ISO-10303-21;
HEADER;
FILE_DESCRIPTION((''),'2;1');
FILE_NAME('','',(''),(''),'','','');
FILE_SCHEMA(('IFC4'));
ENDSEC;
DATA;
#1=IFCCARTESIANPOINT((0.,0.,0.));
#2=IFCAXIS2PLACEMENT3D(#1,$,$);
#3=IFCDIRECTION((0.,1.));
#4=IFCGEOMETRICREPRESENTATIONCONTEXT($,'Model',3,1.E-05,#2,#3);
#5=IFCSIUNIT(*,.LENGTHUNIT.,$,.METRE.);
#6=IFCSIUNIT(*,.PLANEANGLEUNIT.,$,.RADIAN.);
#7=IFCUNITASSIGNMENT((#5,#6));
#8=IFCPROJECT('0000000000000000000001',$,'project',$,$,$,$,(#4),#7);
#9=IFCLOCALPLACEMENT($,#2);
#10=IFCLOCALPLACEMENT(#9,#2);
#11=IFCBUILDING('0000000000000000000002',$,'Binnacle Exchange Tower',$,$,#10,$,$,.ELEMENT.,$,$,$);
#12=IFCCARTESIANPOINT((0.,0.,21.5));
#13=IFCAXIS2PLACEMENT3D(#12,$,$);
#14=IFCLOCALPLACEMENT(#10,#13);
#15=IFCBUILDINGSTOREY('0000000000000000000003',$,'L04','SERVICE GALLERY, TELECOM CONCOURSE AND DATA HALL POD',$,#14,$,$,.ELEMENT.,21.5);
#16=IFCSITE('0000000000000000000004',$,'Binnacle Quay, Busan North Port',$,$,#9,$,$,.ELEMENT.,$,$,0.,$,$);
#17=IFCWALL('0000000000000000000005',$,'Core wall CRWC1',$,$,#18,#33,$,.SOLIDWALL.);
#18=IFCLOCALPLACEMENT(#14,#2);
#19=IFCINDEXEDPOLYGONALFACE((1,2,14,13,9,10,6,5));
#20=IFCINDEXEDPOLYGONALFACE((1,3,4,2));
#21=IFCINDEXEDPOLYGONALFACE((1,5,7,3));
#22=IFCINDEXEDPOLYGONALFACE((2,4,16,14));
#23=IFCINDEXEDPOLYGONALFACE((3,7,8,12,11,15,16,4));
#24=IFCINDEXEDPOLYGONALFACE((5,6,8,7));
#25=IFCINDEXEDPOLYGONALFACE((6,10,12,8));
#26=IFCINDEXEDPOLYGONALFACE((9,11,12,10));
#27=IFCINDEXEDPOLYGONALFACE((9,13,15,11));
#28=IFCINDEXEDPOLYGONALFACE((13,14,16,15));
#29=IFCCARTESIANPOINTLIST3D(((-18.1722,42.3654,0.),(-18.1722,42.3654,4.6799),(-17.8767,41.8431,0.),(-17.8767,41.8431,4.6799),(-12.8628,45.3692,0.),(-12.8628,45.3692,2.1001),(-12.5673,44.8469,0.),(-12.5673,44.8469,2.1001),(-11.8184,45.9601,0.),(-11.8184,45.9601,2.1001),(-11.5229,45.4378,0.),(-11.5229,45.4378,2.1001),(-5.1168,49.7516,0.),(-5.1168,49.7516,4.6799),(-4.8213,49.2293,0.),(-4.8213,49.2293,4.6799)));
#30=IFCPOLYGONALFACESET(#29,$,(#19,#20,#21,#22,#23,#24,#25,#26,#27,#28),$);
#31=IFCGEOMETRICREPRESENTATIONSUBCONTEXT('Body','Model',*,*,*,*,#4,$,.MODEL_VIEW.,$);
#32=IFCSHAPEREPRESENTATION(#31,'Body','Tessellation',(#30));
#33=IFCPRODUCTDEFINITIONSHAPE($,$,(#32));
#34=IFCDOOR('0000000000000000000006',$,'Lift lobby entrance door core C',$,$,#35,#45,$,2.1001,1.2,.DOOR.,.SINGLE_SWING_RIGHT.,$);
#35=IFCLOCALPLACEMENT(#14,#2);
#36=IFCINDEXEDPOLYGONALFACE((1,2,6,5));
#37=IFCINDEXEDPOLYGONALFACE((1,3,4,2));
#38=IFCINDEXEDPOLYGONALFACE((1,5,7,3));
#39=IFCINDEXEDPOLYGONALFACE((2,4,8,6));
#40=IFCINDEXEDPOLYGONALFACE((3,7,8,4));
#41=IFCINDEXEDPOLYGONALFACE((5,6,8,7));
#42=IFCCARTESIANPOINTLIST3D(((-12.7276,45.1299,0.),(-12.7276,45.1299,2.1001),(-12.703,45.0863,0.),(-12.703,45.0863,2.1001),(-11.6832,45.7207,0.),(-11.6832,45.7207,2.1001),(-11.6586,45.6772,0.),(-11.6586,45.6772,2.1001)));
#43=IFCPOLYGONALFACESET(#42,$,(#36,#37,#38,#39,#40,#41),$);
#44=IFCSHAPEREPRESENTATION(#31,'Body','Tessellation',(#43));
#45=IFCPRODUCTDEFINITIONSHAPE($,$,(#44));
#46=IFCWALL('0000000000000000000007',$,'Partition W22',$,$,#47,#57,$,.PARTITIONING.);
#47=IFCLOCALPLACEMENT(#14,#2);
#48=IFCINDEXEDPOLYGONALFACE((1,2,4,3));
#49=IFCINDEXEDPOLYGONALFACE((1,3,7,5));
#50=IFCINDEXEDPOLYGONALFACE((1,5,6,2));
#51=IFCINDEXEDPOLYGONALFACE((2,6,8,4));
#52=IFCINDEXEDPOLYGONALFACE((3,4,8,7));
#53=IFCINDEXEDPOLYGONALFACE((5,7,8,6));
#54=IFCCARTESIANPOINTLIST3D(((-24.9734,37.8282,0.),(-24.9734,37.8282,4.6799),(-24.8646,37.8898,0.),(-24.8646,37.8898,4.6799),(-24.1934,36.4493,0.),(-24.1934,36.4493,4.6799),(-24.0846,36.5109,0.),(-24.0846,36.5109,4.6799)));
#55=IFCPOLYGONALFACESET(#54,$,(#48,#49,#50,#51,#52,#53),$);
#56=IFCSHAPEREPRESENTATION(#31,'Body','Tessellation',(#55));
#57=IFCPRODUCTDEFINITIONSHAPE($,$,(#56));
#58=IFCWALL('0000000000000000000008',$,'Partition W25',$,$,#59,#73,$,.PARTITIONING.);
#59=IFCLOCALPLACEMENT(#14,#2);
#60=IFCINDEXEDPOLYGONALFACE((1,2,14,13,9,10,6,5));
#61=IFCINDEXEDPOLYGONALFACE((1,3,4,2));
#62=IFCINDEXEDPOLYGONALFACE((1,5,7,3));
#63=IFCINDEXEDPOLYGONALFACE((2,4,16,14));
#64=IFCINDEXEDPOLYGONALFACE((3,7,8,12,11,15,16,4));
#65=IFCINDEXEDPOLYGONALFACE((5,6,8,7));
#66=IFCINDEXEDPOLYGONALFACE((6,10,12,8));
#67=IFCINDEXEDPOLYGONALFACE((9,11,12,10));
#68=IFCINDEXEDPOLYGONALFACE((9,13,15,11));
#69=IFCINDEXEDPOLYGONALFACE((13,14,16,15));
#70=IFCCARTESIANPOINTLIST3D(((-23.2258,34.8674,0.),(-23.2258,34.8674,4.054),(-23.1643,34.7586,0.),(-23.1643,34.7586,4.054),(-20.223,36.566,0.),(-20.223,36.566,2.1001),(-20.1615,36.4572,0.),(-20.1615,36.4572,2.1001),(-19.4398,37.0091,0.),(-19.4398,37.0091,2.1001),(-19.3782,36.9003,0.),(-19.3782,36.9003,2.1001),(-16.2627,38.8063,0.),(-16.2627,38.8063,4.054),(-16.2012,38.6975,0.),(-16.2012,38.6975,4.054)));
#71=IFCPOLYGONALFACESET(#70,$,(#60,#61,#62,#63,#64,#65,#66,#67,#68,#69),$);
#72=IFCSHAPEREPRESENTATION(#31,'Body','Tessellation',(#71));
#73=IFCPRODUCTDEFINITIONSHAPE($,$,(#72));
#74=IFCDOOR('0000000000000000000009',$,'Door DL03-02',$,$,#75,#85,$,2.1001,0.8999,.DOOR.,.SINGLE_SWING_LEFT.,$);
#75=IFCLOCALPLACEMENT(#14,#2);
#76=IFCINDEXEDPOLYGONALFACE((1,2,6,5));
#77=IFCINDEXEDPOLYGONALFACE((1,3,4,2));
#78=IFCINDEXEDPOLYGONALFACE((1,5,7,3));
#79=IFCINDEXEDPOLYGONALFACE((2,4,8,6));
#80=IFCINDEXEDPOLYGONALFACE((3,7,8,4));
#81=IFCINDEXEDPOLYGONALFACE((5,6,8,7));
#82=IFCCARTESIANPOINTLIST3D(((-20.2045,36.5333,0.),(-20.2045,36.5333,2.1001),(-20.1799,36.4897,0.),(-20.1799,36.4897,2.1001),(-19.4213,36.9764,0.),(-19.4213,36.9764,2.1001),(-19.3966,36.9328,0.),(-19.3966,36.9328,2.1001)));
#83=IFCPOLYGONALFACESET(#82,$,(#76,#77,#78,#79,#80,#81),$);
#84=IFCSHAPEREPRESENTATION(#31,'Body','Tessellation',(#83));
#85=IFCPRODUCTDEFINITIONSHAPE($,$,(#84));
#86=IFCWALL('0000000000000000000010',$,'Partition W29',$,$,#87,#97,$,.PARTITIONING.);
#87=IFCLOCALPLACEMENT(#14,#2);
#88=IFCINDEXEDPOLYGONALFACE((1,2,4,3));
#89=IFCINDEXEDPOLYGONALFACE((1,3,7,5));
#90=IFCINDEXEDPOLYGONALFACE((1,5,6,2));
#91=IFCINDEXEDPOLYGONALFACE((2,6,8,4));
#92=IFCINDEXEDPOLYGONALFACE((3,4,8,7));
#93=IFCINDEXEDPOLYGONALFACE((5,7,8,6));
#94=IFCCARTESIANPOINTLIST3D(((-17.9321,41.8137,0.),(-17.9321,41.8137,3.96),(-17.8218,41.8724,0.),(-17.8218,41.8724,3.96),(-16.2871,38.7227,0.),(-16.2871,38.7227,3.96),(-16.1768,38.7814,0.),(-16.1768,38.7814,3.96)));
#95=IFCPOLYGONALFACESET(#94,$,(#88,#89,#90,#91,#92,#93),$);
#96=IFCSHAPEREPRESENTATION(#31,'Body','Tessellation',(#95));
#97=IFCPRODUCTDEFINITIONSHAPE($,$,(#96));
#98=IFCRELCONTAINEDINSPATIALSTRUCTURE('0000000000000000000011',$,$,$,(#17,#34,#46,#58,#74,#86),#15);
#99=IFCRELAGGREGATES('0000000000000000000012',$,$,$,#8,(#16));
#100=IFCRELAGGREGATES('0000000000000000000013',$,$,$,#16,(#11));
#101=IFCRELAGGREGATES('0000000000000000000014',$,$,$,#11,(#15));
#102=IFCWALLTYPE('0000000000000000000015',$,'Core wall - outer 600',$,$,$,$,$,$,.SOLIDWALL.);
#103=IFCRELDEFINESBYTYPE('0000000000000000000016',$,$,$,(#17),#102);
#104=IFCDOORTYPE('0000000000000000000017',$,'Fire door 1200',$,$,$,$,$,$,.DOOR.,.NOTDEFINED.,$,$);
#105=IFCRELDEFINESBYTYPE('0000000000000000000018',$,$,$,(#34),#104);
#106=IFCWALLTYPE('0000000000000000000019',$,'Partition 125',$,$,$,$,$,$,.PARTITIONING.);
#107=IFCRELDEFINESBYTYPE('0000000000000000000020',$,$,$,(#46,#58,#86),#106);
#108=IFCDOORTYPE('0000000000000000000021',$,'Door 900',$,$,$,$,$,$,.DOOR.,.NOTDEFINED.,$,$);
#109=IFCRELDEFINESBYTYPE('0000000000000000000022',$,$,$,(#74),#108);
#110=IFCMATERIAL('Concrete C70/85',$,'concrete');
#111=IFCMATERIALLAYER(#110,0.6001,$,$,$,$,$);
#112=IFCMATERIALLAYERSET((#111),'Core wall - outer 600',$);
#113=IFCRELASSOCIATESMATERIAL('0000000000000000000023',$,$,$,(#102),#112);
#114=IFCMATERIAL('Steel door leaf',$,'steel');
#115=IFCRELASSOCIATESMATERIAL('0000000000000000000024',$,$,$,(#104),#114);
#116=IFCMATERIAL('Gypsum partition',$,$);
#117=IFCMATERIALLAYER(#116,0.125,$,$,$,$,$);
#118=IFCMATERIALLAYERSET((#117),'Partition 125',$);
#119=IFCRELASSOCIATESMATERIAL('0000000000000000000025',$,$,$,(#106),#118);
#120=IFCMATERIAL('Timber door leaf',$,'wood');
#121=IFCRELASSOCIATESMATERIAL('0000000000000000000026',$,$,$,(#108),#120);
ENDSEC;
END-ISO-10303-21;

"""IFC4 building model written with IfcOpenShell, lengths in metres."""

from ifc_helpers import new_model, si_unit, direction, frame, frame_2d, origin, place, context, subcontext, project, spatial, rectangle, extrude, material, layer, layer_set, type_object, element, fill, save


model = new_model("IFC4")

# Units and contexts
model_context = context("Model", 3, precision=1e-05, world=origin(), true_north=direction((0.0, 1.0)))
body_context = subcontext(model_context, "Body", "Model", "MODEL_VIEW")
ifc_project = project(units=[si_unit("LENGTHUNIT", "METRE"), si_unit("PLANEANGLEUNIT", "RADIAN")], contexts=[model_context])

# Site, building, storey
site_placement = place(None, origin())
site = spatial("IfcSite", under=ifc_project, at=site_placement, Name="Binnacle Quay, Busan North Port", CompositionType="ELEMENT", RefElevation=0.0)
building_placement = place(site_placement, origin())
building = spatial("IfcBuilding", under=site, at=building_placement, Name="Binnacle Exchange Tower", CompositionType="ELEMENT")
storey_placement = place(building_placement, frame((0.0, 0.0, 21.5)))
storey = spatial("IfcBuildingStorey", under=building, at=storey_placement, Name="L04", Description="SERVICE GALLERY, TELECOM CONCOURSE AND DATA HALL POD", CompositionType="ELEMENT", Elevation=21.5)

# Shared definitions
ifc_material_1 = material(Name="Concrete C70/85", Category="concrete")

# Wall, opening, door
ifc_layer_1 = layer(ifc_material_1, 0.6001)
ifc_layer_set_1 = layer_set([ifc_layer_1], Name="Core wall - outer 600")
wall_type_1 = type_object("IfcWallType", Name="Core wall - outer 600", PredefinedType="SOLIDWALL", material=ifc_layer_set_1)
wall_1_placement = place(storey_placement, frame((-18.0244, 42.1042, 0.0), z_axis=(0.0, 0.0, 1.0), x_axis=(0.870361, 0.492415, 0.0)))
wall_1 = element("IfcWall", 1, at=wall_1_placement, inside=storey, type_object=wall_type_1, Name="Core wall CRWC1", PredefinedType="SOLIDWALL", context=body_context, shape_type="SweptSolid", body=[
    extrude(rectangle(XDim=15.0, YDim=0.6001, at=frame_2d((7.5, 0.0))), origin(), (0.0, 0.0, 1.0), 4.6799),
])
opening_1_placement = place(wall_1_placement, frame((6.1001, 0.0, 0.0)))
opening_1 = element("IfcOpeningElement", 2, at=opening_1_placement, cuts=wall_1, PredefinedType="OPENING", context=body_context, shape_type="SweptSolid", body=[
    extrude(rectangle(XDim=1.2, YDim=2.1001, at=frame_2d((0.6001, 1.05))), frame((0.0, 0.3101, 0.0), z_axis=(0.0, -1.0, 0.0), x_axis=(1.0, 0.0, 0.0)), (0.0, 0.0, 1.0), 0.6201),
])
ifc_material_2 = material(Name="Steel door leaf", Category="steel")
door_type_1 = type_object("IfcDoorType", Name="Fire door 1200", OperationType="NOTDEFINED", PredefinedType="DOOR", material=ifc_material_2)
door_1_placement = place(opening_1_placement, frame((1.2, 0.0, 0.0), z_axis=(0.0, 0.0, 1.0), x_axis=(-1.0, 0.0, 0.0)))
door_1 = element("IfcDoor", 3, at=door_1_placement, inside=storey, type_object=door_type_1, Name="Lift lobby entrance door core C", OperationType="SINGLE_SWING_RIGHT", OverallHeight=2.1001, OverallWidth=1.2, PredefinedType="DOOR", context=body_context, shape_type="SweptSolid", body=[
    extrude(rectangle(XDim=1.2, YDim=2.1001, at=frame_2d((0.6001, 1.05))), frame((0.0, 0.0249, 0.0), z_axis=(0.0, -1.0, 0.0), x_axis=(1.0, 0.0, 0.0)), (0.0, 0.0, 1.0), 0.05),
])
fill(opening_1, door_1)

# Wall
ifc_material_3 = material(Name="Gypsum partition")
ifc_layer_2 = layer(ifc_material_3, 0.125)
ifc_layer_set_2 = layer_set([ifc_layer_2], Name="Partition 125")
wall_type_2 = type_object("IfcWallType", Name="Partition 125", PredefinedType="PARTITIONING", material=ifc_layer_set_2)
wall_2_placement = place(storey_placement, frame((-24.9189, 37.8589, 0.0), z_axis=(0.0, 0.0, 1.0), x_axis=(0.492367, -0.870388, 0.0)))
element("IfcWall", 4, at=wall_2_placement, inside=storey, type_object=wall_type_2, Name="Partition W22", PredefinedType="PARTITIONING", context=body_context, shape_type="SweptSolid", body=[
    extrude(rectangle(XDim=1.5842, YDim=0.125, at=frame_2d((0.792, 0.0))), origin(), (0.0, 0.0, 1.0), 4.6799),
])

# Wall, opening, door
wall_3_placement = place(storey_placement, frame((-23.1951, 34.813, 0.0), z_axis=(0.0, 0.0, 1.0), x_axis=(0.870387, 0.492368, 0.0)))
wall_3 = element("IfcWall", 5, at=wall_3_placement, inside=storey, type_object=wall_type_2, Name="Partition W25", PredefinedType="PARTITIONING", context=body_context, shape_type="SweptSolid", body=[
    extrude(rectangle(XDim=8.0, YDim=0.125, at=frame_2d((4.0, 0.0))), origin(), (0.0, 0.0, 1.0), 4.054),
])
opening_2_placement = place(wall_3_placement, frame((3.45, 0.0, 0.0)))
opening_2 = element("IfcOpeningElement", 6, at=opening_2_placement, cuts=wall_3, PredefinedType="OPENING", context=body_context, shape_type="SweptSolid", body=[
    extrude(rectangle(XDim=0.8999, YDim=2.1001, at=frame_2d((0.45, 1.05))), frame((0.0, 0.0725, 0.0), z_axis=(0.0, -1.0, 0.0), x_axis=(1.0, 0.0, 0.0)), (0.0, 0.0, 1.0), 0.145),
])
ifc_material_4 = material(Name="Timber door leaf", Category="wood")
door_type_2 = type_object("IfcDoorType", Name="Door 900", OperationType="NOTDEFINED", PredefinedType="DOOR", material=ifc_material_4)
door_2_placement = place(opening_2_placement, origin())
door_2 = element("IfcDoor", 7, at=door_2_placement, inside=storey, type_object=door_type_2, Name="Door DL03-02", OperationType="SINGLE_SWING_LEFT", OverallHeight=2.1001, OverallWidth=0.8999, PredefinedType="DOOR", context=body_context, shape_type="SweptSolid", body=[
    extrude(rectangle(XDim=0.8999, YDim=2.1001, at=frame_2d((0.45, 1.05))), frame((0.0, 0.0249, 0.0), z_axis=(0.0, -1.0, 0.0), x_axis=(1.0, 0.0, 0.0)), (0.0, 0.0, 1.0), 0.05),
])
fill(opening_2, door_2)

# Wall
wall_4_placement = place(storey_placement, frame((-17.877, 41.843, 0.0), z_axis=(0.0, 0.0, 1.0), x_axis=(0.469799, -0.882773, 0.0)))
element("IfcWall", 8, at=wall_4_placement, inside=storey, type_object=wall_type_2, Name="Partition W29", PredefinedType="PARTITIONING", context=body_context, shape_type="SweptSolid", body=[
    extrude(rectangle(XDim=3.5015, YDim=0.125, at=frame_2d((1.7507, 0.0))), origin(), (0.0, 0.0, 1.0), 3.96),
])

save(model, "model.ifc")
